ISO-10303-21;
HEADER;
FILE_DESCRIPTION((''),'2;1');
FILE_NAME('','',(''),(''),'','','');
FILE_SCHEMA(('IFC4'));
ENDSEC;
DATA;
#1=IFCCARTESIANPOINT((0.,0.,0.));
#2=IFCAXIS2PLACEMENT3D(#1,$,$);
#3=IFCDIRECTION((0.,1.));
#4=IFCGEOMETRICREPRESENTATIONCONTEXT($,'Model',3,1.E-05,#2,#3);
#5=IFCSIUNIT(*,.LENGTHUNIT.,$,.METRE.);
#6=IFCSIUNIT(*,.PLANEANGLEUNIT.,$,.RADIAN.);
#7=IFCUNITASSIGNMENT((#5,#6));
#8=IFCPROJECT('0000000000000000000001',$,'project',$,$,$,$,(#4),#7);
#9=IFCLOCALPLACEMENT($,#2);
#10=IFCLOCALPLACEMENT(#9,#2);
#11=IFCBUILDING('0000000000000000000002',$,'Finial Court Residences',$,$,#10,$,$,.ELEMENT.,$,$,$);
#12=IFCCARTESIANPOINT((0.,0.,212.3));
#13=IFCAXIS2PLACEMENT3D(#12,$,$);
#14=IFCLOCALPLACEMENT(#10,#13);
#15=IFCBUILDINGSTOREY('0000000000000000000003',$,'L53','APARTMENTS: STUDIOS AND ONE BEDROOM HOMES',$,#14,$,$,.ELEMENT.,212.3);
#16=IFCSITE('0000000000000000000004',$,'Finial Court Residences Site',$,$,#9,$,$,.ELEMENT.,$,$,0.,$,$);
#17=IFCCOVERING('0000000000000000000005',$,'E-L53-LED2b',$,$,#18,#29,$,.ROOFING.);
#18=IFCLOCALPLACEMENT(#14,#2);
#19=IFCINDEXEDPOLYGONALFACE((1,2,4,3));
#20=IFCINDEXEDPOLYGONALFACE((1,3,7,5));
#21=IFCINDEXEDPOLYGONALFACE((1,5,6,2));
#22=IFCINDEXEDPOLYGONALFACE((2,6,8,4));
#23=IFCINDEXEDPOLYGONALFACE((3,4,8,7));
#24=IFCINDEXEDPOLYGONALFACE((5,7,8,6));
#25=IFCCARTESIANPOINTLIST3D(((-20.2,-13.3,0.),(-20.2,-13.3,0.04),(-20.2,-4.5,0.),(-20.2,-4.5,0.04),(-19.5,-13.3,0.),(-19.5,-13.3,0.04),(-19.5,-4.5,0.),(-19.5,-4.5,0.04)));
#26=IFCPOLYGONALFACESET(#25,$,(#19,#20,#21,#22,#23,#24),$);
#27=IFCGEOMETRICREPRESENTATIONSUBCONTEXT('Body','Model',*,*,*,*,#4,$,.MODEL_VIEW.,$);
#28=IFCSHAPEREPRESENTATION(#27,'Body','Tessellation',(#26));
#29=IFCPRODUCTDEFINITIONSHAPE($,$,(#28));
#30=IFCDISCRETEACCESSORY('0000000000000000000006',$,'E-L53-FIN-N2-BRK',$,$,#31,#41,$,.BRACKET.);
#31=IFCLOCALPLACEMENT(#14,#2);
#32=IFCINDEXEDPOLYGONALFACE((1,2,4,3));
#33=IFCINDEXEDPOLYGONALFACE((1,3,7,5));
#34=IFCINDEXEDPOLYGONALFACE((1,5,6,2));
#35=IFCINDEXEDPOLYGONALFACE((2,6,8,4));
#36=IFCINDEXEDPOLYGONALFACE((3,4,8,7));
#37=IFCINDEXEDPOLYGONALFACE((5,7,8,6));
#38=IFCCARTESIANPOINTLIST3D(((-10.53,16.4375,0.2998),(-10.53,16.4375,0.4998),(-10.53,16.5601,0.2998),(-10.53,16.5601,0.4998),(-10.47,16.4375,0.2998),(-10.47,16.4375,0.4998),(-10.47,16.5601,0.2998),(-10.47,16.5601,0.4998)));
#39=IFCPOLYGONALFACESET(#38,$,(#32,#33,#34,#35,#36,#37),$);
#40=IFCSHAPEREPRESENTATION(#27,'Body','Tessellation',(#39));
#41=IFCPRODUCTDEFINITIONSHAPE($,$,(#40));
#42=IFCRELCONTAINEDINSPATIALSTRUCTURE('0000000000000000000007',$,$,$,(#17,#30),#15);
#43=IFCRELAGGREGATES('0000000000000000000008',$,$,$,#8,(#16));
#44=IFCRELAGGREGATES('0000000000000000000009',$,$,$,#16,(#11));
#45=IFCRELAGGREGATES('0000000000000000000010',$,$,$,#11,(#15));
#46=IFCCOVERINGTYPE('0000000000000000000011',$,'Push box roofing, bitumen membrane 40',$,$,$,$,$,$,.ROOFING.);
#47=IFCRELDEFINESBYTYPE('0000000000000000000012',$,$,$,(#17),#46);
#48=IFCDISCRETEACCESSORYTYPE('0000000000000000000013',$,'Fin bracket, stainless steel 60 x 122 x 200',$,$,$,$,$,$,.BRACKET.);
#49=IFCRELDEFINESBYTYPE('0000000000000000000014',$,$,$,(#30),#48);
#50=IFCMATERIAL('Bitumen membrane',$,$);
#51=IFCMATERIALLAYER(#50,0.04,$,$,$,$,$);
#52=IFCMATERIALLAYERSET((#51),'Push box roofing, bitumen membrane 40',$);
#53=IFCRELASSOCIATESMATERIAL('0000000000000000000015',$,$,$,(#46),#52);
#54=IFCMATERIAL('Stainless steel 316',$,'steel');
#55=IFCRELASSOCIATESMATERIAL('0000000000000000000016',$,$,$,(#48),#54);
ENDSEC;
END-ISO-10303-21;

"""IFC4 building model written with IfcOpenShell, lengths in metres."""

from ifc_helpers import new_model, si_unit, direction, frame, origin, origin_2d, place, context, subcontext, project, spatial, polyline, rectangle, outline, extrude, material, layer, layer_set, type_object, element, save


model = new_model("IFC4")

# Units and contexts
model_context = context("Model", 3, precision=1e-05, world=origin(), true_north=direction((0.0, 1.0)))
body_context = subcontext(model_context, "Body", "Model", "MODEL_VIEW")
ifc_project = project(units=[si_unit("LENGTHUNIT", "METRE"), si_unit("PLANEANGLEUNIT", "RADIAN")], contexts=[model_context])

# Site, building, storey
site_placement = place(None, origin())
site = spatial("IfcSite", under=ifc_project, at=site_placement, Name="Finial Court Residences Site", CompositionType="ELEMENT", RefElevation=0.0)
building_placement = place(site_placement, origin())
building = spatial("IfcBuilding", under=site, at=building_placement, Name="Finial Court Residences", CompositionType="ELEMENT")
storey_placement = place(building_placement, frame((0.0, 0.0, 212.3)))
storey = spatial("IfcBuildingStorey", under=building, at=storey_placement, Name="L53", Description="APARTMENTS: STUDIOS AND ONE BEDROOM HOMES", CompositionType="ELEMENT", Elevation=212.3)

# Covering
ifc_material_1 = material(Name="Bitumen membrane")
ifc_layer_1 = layer(ifc_material_1, 0.04)
ifc_layer_set_1 = layer_set([ifc_layer_1], Name="Push box roofing, bitumen membrane 40")
covering_type_1 = type_object("IfcCoveringType", Name="Push box roofing, bitumen membrane 40", PredefinedType="ROOFING", material=ifc_layer_set_1)
covering_1_placement = place(storey_placement, origin())
element("IfcCovering", 1, at=covering_1_placement, inside=storey, type_object=covering_type_1, Name="E-L53-LED2b", PredefinedType="ROOFING", context=body_context, shape_type="SweptSolid", body=[
    extrude(outline(polyline([(-19.5, -4.5), (-19.5, -13.3), (-20.2, -13.3), (-20.2, -4.5), (-19.5, -4.5)])), origin(), (0.0, 0.0, 1.0), 0.04),
])

# Discrete accessory
ifc_material_2 = material(Name="Stainless steel 316", Category="steel")
discrete_accessory_type = type_object("IfcDiscreteAccessoryType", Name="Fin bracket, stainless steel 60 x 122 x 200", PredefinedType="BRACKET", material=ifc_material_2)
discrete_accessory_placement = place(storey_placement, frame((-10.5, 16.4988, 0.2998), z_axis=(0.0, 0.0, 1.0), x_axis=(1.0, 0.0, 0.0)))
element("IfcDiscreteAccessory", 2, at=discrete_accessory_placement, inside=storey, type_object=discrete_accessory_type, Name="E-L53-FIN-N2-BRK", PredefinedType="BRACKET", context=body_context, shape_type="SweptSolid", body=[
    extrude(rectangle(XDim=0.0601, YDim=0.1226, at=origin_2d()), origin(), (0.0, 0.0, 1.0), 0.2),
])

save(model, "model.ifc")
